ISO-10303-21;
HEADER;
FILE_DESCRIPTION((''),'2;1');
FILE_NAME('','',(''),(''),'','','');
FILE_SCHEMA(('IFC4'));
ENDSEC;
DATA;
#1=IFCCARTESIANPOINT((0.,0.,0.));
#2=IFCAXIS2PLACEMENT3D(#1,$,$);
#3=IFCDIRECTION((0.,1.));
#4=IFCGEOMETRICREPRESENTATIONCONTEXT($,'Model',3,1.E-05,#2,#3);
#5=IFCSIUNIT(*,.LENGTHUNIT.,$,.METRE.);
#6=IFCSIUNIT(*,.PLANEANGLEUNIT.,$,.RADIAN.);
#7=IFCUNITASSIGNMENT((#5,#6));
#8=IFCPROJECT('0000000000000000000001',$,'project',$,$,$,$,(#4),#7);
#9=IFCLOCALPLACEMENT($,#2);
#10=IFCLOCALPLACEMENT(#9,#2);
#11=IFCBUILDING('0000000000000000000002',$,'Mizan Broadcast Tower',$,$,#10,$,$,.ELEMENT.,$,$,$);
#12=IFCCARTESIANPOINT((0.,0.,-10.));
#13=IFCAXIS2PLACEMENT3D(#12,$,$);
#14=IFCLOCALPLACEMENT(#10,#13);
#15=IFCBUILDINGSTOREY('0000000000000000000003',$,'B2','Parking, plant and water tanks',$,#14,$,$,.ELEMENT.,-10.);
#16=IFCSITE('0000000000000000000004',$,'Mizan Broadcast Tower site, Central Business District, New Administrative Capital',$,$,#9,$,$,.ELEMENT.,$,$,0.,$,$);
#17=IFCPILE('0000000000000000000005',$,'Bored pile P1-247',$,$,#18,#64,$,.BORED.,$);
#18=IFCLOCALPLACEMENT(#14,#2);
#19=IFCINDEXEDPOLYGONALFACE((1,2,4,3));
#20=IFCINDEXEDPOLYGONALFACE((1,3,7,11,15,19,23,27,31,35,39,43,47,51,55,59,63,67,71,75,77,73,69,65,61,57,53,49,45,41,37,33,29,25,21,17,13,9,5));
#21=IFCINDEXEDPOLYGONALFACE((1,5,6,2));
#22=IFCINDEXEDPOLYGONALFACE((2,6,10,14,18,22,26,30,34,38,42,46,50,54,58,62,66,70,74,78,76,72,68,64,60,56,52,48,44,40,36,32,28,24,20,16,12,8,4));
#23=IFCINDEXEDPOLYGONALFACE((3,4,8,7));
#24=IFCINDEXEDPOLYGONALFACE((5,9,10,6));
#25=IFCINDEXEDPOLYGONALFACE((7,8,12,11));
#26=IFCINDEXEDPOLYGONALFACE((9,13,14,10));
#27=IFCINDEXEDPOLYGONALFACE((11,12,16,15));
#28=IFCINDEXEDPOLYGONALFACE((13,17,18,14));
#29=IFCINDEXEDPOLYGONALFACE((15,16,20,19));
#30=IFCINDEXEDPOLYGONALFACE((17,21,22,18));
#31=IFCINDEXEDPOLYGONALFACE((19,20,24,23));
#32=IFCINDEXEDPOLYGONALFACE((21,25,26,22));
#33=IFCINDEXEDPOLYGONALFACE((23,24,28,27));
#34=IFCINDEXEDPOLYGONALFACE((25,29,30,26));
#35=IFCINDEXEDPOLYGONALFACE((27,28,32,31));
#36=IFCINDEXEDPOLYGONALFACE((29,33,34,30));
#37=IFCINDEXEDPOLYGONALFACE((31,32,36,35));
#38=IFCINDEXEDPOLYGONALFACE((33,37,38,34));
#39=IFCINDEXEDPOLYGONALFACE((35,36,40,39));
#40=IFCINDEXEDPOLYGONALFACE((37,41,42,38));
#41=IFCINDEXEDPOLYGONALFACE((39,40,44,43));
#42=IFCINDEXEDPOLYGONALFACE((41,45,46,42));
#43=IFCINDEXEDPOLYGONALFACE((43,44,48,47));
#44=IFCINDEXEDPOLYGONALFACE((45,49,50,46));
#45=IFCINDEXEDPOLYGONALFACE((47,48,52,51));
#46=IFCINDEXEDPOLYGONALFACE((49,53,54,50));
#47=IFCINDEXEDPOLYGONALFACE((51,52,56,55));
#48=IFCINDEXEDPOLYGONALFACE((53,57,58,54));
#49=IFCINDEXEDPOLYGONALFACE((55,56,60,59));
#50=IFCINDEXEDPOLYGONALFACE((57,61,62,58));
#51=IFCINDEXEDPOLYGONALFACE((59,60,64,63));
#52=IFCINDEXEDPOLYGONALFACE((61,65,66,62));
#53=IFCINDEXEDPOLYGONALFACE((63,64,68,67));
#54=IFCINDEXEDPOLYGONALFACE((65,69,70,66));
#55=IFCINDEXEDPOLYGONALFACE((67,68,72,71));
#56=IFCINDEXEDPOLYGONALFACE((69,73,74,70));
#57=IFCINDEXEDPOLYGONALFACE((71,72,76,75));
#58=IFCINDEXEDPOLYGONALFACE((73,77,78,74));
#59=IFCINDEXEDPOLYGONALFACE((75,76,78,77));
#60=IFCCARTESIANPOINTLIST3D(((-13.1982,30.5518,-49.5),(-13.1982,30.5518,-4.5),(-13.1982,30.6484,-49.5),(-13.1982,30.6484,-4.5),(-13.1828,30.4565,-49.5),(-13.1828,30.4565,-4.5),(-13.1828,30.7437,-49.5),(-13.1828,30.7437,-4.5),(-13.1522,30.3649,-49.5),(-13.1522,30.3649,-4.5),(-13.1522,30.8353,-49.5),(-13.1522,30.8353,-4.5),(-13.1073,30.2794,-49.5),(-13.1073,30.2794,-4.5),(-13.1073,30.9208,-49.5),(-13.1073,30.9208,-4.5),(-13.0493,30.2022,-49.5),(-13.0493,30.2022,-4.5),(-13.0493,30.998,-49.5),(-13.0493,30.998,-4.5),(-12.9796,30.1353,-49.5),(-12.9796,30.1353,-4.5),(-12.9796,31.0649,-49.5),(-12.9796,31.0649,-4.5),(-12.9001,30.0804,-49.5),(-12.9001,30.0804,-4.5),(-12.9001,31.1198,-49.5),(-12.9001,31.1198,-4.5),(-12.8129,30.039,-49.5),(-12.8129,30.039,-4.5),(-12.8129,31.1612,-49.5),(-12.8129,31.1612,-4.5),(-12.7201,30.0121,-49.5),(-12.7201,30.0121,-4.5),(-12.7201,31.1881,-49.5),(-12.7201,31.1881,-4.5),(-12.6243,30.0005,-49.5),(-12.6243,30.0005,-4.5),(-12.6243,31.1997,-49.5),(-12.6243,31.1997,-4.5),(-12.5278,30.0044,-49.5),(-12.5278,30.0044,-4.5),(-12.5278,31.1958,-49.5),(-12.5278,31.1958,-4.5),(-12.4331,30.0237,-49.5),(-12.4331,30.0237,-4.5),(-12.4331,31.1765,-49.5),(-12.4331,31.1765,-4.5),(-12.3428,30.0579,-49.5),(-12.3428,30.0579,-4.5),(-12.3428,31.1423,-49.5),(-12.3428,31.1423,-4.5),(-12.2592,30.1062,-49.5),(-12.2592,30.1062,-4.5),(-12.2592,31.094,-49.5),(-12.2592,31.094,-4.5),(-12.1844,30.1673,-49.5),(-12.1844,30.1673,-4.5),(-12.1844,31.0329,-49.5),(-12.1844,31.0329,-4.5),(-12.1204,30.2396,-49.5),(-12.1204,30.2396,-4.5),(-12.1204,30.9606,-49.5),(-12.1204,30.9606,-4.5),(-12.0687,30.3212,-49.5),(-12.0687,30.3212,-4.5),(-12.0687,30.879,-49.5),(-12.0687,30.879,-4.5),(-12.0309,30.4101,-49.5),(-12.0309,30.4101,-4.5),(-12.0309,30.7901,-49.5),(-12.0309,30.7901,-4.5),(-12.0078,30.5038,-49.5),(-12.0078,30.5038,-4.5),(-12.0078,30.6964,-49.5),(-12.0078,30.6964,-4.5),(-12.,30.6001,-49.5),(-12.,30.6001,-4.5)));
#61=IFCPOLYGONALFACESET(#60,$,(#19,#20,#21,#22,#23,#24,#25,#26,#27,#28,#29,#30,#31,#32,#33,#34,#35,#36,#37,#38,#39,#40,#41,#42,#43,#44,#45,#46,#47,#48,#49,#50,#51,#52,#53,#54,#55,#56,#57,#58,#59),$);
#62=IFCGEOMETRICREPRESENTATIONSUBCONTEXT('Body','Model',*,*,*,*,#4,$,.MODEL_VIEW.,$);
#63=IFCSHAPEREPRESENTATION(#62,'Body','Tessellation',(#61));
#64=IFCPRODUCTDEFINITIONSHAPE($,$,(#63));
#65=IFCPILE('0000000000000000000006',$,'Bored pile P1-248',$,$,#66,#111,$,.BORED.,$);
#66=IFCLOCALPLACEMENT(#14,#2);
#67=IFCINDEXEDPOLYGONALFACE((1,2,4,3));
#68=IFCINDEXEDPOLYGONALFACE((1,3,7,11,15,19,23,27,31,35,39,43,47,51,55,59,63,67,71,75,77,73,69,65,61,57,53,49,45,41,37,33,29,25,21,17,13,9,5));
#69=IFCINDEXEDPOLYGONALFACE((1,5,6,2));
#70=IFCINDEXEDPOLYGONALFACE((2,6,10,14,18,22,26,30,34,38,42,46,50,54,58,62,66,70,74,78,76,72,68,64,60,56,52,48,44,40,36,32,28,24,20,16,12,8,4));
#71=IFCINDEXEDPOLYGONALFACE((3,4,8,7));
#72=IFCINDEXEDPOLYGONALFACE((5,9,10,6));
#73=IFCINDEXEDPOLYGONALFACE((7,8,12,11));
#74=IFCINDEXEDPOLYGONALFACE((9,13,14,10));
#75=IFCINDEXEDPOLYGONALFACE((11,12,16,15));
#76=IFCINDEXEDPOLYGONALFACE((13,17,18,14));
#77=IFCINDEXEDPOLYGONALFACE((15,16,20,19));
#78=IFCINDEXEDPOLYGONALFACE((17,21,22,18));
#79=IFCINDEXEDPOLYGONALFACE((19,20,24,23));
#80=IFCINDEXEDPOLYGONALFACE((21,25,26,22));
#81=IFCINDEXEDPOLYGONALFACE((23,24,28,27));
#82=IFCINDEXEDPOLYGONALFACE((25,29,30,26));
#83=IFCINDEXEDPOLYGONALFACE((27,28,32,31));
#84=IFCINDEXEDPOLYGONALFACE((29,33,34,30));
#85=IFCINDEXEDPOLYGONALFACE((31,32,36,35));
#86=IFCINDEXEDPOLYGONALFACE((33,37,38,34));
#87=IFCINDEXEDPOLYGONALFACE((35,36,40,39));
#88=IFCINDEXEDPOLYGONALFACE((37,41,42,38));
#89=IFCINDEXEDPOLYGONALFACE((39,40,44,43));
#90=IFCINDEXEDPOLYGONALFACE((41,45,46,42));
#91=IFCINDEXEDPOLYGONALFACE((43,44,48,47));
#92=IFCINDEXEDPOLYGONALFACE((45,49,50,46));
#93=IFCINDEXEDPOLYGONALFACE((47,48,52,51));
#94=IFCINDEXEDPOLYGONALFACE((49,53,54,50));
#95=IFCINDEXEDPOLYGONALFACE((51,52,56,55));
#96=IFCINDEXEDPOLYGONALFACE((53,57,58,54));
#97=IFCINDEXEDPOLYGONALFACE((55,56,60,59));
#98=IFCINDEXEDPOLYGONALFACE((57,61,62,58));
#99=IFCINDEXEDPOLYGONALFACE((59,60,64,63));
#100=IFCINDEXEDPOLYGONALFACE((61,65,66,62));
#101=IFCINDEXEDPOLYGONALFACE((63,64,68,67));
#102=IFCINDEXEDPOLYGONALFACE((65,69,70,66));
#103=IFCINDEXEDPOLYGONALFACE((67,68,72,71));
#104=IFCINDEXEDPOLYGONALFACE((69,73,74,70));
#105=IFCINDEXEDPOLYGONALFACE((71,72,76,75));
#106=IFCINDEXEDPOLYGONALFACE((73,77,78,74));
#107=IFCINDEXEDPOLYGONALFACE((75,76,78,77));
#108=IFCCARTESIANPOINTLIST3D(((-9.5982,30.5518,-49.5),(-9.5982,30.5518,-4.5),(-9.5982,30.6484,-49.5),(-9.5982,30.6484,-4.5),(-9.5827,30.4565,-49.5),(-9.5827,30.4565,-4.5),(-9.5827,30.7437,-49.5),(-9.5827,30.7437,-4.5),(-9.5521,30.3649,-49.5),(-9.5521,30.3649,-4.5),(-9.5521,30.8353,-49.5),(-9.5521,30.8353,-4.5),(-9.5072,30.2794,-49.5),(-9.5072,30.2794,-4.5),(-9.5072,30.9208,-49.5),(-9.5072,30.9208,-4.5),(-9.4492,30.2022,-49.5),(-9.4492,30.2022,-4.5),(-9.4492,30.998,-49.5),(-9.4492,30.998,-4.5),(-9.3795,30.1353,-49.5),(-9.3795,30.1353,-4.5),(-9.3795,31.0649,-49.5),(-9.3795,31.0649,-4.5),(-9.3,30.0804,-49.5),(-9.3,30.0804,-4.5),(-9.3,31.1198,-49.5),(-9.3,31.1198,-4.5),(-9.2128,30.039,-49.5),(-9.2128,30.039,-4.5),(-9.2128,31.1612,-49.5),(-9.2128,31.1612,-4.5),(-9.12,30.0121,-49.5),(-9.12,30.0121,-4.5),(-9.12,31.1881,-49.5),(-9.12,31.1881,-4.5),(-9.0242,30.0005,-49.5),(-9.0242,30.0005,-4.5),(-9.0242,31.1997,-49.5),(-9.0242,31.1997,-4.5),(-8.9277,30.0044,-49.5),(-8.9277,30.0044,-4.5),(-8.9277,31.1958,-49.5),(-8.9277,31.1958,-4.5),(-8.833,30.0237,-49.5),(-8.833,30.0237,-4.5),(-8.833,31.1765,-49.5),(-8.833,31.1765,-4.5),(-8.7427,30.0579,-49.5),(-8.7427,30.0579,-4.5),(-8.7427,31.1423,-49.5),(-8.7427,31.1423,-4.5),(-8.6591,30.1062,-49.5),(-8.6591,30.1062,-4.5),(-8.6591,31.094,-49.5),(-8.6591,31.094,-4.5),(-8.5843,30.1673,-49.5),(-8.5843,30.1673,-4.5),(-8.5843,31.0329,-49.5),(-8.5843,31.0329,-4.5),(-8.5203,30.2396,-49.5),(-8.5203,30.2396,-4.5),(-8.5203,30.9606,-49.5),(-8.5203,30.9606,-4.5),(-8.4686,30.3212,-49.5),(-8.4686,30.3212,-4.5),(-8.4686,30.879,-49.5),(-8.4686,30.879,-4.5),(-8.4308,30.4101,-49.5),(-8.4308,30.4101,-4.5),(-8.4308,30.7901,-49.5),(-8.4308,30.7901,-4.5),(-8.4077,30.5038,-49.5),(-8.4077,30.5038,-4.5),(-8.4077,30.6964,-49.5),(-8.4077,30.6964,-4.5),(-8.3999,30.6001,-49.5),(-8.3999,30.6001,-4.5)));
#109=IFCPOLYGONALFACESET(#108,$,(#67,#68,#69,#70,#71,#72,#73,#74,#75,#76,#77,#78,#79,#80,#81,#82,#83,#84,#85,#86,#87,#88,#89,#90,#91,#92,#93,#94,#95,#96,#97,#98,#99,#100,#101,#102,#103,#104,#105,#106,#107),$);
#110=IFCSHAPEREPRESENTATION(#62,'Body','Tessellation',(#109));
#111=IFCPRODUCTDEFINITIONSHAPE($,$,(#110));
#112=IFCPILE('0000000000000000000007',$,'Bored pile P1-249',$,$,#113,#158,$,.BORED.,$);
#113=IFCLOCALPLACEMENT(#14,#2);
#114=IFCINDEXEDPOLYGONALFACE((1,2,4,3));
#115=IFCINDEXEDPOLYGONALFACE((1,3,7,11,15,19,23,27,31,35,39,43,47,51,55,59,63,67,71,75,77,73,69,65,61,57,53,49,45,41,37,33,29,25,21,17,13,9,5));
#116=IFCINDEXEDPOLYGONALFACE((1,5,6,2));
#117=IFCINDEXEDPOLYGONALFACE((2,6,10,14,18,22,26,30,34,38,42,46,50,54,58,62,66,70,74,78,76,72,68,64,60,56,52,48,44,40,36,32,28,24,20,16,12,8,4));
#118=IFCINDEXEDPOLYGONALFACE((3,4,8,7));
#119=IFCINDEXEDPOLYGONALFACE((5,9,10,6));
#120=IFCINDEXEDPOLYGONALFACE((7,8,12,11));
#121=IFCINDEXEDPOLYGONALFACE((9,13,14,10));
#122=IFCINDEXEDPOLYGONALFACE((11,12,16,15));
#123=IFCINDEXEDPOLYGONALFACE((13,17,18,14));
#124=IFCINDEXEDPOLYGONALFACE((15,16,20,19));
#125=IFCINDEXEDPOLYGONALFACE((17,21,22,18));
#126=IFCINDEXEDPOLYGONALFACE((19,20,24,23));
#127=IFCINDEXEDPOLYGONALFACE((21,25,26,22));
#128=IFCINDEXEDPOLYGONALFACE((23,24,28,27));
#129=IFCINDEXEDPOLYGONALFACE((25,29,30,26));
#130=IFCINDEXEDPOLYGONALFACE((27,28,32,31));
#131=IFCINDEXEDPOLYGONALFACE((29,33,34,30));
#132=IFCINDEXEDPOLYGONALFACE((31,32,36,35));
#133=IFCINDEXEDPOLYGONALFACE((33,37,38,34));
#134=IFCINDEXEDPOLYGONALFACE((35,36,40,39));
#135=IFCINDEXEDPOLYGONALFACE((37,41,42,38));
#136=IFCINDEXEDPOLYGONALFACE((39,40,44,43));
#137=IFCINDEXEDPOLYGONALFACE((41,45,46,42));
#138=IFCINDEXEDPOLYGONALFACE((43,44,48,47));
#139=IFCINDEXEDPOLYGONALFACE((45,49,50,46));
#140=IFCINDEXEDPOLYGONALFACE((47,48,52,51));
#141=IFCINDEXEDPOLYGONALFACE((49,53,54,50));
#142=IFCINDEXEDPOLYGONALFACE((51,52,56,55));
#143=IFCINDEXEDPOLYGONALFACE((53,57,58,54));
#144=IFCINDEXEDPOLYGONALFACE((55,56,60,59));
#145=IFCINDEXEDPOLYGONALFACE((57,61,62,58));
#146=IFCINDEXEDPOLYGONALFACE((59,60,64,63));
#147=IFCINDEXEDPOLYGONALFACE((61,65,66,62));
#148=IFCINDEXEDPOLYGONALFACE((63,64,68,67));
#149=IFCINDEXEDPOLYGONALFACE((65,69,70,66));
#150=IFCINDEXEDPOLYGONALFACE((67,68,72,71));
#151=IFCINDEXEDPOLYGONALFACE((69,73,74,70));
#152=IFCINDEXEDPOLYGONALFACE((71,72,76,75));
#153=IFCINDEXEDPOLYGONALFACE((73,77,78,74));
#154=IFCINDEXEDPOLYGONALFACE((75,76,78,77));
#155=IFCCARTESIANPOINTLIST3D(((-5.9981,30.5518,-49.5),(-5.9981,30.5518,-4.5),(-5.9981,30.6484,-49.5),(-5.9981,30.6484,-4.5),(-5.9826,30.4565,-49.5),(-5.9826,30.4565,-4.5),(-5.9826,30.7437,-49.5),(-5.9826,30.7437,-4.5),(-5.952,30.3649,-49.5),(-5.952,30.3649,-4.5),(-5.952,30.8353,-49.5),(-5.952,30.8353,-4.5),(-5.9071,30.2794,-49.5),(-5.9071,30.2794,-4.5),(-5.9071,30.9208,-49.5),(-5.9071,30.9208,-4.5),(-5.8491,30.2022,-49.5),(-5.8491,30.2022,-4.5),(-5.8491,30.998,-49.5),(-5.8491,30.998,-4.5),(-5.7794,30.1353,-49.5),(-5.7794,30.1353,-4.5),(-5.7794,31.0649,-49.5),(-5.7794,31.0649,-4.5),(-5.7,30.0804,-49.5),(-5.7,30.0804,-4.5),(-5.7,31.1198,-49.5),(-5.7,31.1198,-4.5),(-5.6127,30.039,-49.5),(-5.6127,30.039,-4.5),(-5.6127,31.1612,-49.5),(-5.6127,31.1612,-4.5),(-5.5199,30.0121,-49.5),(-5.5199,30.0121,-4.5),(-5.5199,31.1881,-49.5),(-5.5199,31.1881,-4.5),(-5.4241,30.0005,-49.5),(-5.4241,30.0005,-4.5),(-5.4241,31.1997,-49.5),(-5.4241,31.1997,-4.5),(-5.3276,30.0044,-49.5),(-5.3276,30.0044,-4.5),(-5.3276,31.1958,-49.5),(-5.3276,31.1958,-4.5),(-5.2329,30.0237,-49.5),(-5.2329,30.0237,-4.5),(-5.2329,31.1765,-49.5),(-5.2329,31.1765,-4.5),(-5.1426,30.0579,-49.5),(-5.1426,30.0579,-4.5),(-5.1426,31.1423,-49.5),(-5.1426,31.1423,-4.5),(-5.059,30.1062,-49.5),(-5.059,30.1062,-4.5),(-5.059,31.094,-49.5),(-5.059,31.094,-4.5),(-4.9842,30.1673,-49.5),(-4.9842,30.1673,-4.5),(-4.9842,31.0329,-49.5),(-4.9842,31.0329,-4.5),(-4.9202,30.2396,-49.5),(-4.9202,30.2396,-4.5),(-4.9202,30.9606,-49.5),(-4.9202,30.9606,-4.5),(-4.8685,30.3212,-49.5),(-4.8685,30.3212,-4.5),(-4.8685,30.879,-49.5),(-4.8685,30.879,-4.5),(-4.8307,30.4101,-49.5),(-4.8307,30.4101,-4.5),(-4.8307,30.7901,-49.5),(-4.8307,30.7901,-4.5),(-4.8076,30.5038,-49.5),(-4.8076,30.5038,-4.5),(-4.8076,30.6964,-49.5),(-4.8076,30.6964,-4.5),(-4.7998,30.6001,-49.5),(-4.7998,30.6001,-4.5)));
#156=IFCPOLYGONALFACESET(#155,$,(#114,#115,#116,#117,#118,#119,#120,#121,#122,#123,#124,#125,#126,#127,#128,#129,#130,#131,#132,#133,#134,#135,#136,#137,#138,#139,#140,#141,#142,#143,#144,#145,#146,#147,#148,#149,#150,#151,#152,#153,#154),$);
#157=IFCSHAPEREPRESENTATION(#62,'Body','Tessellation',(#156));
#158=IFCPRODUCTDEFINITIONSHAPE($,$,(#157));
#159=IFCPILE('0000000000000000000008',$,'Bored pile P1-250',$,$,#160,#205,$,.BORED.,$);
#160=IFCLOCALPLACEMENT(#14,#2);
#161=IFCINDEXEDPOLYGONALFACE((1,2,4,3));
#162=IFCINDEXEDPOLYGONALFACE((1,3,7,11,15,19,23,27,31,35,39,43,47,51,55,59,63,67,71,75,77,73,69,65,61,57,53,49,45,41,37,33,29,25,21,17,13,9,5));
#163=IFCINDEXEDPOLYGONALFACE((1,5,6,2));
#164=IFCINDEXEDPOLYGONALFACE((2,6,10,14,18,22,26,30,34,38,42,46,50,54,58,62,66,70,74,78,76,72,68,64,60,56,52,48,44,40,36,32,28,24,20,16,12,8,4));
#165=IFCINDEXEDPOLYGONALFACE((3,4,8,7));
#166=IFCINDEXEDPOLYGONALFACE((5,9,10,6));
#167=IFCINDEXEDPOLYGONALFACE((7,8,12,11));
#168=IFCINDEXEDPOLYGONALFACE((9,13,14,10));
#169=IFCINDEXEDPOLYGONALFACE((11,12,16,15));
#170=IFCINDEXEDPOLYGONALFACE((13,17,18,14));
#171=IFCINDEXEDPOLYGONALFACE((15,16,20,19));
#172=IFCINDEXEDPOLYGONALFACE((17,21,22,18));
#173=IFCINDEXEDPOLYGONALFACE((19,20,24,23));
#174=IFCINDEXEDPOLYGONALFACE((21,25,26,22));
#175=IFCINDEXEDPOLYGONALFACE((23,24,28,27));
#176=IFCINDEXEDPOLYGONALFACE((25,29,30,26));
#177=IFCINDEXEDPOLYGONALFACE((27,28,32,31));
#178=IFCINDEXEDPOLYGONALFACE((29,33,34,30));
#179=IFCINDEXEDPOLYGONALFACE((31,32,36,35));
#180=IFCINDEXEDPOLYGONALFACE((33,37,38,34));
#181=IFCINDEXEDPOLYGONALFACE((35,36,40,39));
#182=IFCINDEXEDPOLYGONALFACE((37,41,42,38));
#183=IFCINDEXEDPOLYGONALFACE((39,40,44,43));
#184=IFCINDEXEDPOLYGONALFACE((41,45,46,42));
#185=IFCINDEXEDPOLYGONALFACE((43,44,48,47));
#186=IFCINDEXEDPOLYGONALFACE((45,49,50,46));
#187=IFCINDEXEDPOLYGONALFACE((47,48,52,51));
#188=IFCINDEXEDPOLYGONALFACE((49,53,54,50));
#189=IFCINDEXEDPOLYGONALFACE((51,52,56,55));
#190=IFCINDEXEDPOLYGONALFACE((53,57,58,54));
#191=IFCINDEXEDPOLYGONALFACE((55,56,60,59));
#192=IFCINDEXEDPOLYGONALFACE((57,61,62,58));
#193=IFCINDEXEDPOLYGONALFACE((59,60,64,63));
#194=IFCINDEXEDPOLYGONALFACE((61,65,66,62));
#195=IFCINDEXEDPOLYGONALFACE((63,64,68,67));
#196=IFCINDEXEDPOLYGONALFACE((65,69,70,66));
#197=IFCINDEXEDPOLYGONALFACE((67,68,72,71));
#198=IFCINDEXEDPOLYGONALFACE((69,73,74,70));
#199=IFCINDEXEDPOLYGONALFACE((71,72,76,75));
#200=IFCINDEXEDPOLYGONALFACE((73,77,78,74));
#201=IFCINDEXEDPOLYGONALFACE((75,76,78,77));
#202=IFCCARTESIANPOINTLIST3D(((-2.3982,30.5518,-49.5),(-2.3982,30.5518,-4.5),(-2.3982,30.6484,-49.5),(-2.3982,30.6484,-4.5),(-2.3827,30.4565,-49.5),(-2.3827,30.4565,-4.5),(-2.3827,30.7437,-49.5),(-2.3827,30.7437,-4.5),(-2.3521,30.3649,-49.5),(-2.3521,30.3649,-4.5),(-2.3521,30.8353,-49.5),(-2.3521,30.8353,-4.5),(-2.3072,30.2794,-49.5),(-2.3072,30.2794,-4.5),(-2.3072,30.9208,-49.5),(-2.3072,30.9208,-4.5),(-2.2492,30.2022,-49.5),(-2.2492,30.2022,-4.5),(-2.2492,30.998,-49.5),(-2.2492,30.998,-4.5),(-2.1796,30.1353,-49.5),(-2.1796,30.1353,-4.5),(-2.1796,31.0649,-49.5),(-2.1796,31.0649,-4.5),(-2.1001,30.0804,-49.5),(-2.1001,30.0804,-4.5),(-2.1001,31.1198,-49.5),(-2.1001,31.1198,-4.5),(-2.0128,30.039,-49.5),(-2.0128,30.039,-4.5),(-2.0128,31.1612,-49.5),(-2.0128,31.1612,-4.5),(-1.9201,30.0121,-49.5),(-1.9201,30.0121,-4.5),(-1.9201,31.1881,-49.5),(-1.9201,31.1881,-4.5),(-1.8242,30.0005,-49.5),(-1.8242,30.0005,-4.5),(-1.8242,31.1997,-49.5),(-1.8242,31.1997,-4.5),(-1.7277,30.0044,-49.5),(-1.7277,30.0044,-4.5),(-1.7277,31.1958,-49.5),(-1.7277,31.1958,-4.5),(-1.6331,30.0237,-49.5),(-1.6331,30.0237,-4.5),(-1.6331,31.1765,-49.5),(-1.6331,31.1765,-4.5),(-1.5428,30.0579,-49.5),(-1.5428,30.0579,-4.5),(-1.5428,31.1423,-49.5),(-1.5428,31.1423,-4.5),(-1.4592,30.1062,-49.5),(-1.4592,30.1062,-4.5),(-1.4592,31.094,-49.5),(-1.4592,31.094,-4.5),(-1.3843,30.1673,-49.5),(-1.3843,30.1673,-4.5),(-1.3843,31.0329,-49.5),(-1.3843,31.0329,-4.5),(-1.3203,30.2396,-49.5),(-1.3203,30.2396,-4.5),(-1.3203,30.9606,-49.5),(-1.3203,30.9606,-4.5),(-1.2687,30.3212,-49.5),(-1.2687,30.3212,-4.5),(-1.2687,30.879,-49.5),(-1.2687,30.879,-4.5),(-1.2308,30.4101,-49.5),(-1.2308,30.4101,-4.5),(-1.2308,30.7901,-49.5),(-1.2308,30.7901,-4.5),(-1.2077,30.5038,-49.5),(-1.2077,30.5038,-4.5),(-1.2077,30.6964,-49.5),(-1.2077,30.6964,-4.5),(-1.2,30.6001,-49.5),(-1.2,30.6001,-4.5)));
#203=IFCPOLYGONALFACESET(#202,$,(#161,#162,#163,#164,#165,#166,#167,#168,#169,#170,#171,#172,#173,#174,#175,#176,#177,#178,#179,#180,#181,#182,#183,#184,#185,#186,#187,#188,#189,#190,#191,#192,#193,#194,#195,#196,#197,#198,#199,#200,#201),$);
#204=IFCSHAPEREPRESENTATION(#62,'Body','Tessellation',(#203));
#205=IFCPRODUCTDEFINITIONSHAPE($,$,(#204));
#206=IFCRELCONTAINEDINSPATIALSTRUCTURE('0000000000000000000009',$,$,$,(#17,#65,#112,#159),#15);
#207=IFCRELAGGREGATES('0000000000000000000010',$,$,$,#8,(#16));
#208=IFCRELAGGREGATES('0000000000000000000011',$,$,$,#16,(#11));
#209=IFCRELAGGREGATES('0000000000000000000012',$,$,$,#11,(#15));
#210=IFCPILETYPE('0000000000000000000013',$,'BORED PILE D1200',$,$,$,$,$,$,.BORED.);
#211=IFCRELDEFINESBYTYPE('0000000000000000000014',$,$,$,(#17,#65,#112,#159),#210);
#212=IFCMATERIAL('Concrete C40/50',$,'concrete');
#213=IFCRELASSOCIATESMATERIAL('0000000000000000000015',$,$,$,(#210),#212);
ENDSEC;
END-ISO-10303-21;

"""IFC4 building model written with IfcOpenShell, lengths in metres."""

from ifc_helpers import new_model, si_unit, direction, frame, origin, origin_2d, place, context, subcontext, project, spatial, circle, extrude, material, material_profile, profile_set, type_object, element, save


model = new_model("IFC4")

# Units and contexts
model_context = context("Model", 3, precision=1e-05, world=origin(), true_north=direction((0.0, 1.0)))
body_context = subcontext(model_context, "Body", "Model", "MODEL_VIEW")
ifc_project = project(units=[si_unit("LENGTHUNIT", "METRE"), si_unit("PLANEANGLEUNIT", "RADIAN")], contexts=[model_context])

# Site, building, storey
site_placement = place(None, origin())
site = spatial("IfcSite", under=ifc_project, at=site_placement, Name="Mizan Broadcast Tower site, Central Business District, New Administrative Capital", CompositionType="ELEMENT", RefElevation=0.0)
building_placement = place(site_placement, origin())
building = spatial("IfcBuilding", under=site, at=building_placement, Name="Mizan Broadcast Tower", CompositionType="ELEMENT")
storey_placement = place(building_placement, frame((0.0, 0.0, -10.0)))
storey = spatial("IfcBuildingStorey", under=building, at=storey_placement, Name="B2", Description="Parking, plant and water tanks", CompositionType="ELEMENT", Elevation=-10.0)

# Piles
ifc_material_1 = material(Name="Concrete C40/50", Category="concrete")
ifc_material_profile_1 = material_profile(ifc_material_1, circle(Radius=0.6001, at=origin_2d()), Name="D1200")
ifc_profile_set_1 = profile_set([ifc_material_profile_1], Name="Concrete C40/50")
pile_type_1 = type_object("IfcPileType", Name="BORED PILE D1200", PredefinedType="BORED", material=ifc_profile_set_1)
for number, where, z_axis, x_axis, name in (
    (1, (-12.6001, 30.6001, -4.5), (0.0, 0.0, -1.0), (1.0, 0.0, 0.0), "Bored pile P1-247"),
    (2, (-9.0, 30.6001, -4.5), (0.0, 0.0, -1.0), (1.0, 0.0, 0.0), "Bored pile P1-248"),
    (3, (-5.3999, 30.6001, -4.5), (0.0, 0.0, -1.0), (1.0, 0.0, 0.0), "Bored pile P1-249"),
    (4, (-1.8, 30.6001, -4.5), (0.0, 0.0, -1.0), (1.0, 0.0, 0.0), "Bored pile P1-250"),
):
    element("IfcPile", number, at=place(storey_placement, frame(where, z_axis=z_axis, x_axis=x_axis)), inside=storey, type_object=pile_type_1, Name=name, PredefinedType="BORED", context=body_context, shape_type="SweptSolid", body=[
        extrude(circle(Radius=0.6001, at=origin_2d()), origin(), (0.0, 0.0, 1.0), 45.0),
    ])

save(model, "model.ifc")
